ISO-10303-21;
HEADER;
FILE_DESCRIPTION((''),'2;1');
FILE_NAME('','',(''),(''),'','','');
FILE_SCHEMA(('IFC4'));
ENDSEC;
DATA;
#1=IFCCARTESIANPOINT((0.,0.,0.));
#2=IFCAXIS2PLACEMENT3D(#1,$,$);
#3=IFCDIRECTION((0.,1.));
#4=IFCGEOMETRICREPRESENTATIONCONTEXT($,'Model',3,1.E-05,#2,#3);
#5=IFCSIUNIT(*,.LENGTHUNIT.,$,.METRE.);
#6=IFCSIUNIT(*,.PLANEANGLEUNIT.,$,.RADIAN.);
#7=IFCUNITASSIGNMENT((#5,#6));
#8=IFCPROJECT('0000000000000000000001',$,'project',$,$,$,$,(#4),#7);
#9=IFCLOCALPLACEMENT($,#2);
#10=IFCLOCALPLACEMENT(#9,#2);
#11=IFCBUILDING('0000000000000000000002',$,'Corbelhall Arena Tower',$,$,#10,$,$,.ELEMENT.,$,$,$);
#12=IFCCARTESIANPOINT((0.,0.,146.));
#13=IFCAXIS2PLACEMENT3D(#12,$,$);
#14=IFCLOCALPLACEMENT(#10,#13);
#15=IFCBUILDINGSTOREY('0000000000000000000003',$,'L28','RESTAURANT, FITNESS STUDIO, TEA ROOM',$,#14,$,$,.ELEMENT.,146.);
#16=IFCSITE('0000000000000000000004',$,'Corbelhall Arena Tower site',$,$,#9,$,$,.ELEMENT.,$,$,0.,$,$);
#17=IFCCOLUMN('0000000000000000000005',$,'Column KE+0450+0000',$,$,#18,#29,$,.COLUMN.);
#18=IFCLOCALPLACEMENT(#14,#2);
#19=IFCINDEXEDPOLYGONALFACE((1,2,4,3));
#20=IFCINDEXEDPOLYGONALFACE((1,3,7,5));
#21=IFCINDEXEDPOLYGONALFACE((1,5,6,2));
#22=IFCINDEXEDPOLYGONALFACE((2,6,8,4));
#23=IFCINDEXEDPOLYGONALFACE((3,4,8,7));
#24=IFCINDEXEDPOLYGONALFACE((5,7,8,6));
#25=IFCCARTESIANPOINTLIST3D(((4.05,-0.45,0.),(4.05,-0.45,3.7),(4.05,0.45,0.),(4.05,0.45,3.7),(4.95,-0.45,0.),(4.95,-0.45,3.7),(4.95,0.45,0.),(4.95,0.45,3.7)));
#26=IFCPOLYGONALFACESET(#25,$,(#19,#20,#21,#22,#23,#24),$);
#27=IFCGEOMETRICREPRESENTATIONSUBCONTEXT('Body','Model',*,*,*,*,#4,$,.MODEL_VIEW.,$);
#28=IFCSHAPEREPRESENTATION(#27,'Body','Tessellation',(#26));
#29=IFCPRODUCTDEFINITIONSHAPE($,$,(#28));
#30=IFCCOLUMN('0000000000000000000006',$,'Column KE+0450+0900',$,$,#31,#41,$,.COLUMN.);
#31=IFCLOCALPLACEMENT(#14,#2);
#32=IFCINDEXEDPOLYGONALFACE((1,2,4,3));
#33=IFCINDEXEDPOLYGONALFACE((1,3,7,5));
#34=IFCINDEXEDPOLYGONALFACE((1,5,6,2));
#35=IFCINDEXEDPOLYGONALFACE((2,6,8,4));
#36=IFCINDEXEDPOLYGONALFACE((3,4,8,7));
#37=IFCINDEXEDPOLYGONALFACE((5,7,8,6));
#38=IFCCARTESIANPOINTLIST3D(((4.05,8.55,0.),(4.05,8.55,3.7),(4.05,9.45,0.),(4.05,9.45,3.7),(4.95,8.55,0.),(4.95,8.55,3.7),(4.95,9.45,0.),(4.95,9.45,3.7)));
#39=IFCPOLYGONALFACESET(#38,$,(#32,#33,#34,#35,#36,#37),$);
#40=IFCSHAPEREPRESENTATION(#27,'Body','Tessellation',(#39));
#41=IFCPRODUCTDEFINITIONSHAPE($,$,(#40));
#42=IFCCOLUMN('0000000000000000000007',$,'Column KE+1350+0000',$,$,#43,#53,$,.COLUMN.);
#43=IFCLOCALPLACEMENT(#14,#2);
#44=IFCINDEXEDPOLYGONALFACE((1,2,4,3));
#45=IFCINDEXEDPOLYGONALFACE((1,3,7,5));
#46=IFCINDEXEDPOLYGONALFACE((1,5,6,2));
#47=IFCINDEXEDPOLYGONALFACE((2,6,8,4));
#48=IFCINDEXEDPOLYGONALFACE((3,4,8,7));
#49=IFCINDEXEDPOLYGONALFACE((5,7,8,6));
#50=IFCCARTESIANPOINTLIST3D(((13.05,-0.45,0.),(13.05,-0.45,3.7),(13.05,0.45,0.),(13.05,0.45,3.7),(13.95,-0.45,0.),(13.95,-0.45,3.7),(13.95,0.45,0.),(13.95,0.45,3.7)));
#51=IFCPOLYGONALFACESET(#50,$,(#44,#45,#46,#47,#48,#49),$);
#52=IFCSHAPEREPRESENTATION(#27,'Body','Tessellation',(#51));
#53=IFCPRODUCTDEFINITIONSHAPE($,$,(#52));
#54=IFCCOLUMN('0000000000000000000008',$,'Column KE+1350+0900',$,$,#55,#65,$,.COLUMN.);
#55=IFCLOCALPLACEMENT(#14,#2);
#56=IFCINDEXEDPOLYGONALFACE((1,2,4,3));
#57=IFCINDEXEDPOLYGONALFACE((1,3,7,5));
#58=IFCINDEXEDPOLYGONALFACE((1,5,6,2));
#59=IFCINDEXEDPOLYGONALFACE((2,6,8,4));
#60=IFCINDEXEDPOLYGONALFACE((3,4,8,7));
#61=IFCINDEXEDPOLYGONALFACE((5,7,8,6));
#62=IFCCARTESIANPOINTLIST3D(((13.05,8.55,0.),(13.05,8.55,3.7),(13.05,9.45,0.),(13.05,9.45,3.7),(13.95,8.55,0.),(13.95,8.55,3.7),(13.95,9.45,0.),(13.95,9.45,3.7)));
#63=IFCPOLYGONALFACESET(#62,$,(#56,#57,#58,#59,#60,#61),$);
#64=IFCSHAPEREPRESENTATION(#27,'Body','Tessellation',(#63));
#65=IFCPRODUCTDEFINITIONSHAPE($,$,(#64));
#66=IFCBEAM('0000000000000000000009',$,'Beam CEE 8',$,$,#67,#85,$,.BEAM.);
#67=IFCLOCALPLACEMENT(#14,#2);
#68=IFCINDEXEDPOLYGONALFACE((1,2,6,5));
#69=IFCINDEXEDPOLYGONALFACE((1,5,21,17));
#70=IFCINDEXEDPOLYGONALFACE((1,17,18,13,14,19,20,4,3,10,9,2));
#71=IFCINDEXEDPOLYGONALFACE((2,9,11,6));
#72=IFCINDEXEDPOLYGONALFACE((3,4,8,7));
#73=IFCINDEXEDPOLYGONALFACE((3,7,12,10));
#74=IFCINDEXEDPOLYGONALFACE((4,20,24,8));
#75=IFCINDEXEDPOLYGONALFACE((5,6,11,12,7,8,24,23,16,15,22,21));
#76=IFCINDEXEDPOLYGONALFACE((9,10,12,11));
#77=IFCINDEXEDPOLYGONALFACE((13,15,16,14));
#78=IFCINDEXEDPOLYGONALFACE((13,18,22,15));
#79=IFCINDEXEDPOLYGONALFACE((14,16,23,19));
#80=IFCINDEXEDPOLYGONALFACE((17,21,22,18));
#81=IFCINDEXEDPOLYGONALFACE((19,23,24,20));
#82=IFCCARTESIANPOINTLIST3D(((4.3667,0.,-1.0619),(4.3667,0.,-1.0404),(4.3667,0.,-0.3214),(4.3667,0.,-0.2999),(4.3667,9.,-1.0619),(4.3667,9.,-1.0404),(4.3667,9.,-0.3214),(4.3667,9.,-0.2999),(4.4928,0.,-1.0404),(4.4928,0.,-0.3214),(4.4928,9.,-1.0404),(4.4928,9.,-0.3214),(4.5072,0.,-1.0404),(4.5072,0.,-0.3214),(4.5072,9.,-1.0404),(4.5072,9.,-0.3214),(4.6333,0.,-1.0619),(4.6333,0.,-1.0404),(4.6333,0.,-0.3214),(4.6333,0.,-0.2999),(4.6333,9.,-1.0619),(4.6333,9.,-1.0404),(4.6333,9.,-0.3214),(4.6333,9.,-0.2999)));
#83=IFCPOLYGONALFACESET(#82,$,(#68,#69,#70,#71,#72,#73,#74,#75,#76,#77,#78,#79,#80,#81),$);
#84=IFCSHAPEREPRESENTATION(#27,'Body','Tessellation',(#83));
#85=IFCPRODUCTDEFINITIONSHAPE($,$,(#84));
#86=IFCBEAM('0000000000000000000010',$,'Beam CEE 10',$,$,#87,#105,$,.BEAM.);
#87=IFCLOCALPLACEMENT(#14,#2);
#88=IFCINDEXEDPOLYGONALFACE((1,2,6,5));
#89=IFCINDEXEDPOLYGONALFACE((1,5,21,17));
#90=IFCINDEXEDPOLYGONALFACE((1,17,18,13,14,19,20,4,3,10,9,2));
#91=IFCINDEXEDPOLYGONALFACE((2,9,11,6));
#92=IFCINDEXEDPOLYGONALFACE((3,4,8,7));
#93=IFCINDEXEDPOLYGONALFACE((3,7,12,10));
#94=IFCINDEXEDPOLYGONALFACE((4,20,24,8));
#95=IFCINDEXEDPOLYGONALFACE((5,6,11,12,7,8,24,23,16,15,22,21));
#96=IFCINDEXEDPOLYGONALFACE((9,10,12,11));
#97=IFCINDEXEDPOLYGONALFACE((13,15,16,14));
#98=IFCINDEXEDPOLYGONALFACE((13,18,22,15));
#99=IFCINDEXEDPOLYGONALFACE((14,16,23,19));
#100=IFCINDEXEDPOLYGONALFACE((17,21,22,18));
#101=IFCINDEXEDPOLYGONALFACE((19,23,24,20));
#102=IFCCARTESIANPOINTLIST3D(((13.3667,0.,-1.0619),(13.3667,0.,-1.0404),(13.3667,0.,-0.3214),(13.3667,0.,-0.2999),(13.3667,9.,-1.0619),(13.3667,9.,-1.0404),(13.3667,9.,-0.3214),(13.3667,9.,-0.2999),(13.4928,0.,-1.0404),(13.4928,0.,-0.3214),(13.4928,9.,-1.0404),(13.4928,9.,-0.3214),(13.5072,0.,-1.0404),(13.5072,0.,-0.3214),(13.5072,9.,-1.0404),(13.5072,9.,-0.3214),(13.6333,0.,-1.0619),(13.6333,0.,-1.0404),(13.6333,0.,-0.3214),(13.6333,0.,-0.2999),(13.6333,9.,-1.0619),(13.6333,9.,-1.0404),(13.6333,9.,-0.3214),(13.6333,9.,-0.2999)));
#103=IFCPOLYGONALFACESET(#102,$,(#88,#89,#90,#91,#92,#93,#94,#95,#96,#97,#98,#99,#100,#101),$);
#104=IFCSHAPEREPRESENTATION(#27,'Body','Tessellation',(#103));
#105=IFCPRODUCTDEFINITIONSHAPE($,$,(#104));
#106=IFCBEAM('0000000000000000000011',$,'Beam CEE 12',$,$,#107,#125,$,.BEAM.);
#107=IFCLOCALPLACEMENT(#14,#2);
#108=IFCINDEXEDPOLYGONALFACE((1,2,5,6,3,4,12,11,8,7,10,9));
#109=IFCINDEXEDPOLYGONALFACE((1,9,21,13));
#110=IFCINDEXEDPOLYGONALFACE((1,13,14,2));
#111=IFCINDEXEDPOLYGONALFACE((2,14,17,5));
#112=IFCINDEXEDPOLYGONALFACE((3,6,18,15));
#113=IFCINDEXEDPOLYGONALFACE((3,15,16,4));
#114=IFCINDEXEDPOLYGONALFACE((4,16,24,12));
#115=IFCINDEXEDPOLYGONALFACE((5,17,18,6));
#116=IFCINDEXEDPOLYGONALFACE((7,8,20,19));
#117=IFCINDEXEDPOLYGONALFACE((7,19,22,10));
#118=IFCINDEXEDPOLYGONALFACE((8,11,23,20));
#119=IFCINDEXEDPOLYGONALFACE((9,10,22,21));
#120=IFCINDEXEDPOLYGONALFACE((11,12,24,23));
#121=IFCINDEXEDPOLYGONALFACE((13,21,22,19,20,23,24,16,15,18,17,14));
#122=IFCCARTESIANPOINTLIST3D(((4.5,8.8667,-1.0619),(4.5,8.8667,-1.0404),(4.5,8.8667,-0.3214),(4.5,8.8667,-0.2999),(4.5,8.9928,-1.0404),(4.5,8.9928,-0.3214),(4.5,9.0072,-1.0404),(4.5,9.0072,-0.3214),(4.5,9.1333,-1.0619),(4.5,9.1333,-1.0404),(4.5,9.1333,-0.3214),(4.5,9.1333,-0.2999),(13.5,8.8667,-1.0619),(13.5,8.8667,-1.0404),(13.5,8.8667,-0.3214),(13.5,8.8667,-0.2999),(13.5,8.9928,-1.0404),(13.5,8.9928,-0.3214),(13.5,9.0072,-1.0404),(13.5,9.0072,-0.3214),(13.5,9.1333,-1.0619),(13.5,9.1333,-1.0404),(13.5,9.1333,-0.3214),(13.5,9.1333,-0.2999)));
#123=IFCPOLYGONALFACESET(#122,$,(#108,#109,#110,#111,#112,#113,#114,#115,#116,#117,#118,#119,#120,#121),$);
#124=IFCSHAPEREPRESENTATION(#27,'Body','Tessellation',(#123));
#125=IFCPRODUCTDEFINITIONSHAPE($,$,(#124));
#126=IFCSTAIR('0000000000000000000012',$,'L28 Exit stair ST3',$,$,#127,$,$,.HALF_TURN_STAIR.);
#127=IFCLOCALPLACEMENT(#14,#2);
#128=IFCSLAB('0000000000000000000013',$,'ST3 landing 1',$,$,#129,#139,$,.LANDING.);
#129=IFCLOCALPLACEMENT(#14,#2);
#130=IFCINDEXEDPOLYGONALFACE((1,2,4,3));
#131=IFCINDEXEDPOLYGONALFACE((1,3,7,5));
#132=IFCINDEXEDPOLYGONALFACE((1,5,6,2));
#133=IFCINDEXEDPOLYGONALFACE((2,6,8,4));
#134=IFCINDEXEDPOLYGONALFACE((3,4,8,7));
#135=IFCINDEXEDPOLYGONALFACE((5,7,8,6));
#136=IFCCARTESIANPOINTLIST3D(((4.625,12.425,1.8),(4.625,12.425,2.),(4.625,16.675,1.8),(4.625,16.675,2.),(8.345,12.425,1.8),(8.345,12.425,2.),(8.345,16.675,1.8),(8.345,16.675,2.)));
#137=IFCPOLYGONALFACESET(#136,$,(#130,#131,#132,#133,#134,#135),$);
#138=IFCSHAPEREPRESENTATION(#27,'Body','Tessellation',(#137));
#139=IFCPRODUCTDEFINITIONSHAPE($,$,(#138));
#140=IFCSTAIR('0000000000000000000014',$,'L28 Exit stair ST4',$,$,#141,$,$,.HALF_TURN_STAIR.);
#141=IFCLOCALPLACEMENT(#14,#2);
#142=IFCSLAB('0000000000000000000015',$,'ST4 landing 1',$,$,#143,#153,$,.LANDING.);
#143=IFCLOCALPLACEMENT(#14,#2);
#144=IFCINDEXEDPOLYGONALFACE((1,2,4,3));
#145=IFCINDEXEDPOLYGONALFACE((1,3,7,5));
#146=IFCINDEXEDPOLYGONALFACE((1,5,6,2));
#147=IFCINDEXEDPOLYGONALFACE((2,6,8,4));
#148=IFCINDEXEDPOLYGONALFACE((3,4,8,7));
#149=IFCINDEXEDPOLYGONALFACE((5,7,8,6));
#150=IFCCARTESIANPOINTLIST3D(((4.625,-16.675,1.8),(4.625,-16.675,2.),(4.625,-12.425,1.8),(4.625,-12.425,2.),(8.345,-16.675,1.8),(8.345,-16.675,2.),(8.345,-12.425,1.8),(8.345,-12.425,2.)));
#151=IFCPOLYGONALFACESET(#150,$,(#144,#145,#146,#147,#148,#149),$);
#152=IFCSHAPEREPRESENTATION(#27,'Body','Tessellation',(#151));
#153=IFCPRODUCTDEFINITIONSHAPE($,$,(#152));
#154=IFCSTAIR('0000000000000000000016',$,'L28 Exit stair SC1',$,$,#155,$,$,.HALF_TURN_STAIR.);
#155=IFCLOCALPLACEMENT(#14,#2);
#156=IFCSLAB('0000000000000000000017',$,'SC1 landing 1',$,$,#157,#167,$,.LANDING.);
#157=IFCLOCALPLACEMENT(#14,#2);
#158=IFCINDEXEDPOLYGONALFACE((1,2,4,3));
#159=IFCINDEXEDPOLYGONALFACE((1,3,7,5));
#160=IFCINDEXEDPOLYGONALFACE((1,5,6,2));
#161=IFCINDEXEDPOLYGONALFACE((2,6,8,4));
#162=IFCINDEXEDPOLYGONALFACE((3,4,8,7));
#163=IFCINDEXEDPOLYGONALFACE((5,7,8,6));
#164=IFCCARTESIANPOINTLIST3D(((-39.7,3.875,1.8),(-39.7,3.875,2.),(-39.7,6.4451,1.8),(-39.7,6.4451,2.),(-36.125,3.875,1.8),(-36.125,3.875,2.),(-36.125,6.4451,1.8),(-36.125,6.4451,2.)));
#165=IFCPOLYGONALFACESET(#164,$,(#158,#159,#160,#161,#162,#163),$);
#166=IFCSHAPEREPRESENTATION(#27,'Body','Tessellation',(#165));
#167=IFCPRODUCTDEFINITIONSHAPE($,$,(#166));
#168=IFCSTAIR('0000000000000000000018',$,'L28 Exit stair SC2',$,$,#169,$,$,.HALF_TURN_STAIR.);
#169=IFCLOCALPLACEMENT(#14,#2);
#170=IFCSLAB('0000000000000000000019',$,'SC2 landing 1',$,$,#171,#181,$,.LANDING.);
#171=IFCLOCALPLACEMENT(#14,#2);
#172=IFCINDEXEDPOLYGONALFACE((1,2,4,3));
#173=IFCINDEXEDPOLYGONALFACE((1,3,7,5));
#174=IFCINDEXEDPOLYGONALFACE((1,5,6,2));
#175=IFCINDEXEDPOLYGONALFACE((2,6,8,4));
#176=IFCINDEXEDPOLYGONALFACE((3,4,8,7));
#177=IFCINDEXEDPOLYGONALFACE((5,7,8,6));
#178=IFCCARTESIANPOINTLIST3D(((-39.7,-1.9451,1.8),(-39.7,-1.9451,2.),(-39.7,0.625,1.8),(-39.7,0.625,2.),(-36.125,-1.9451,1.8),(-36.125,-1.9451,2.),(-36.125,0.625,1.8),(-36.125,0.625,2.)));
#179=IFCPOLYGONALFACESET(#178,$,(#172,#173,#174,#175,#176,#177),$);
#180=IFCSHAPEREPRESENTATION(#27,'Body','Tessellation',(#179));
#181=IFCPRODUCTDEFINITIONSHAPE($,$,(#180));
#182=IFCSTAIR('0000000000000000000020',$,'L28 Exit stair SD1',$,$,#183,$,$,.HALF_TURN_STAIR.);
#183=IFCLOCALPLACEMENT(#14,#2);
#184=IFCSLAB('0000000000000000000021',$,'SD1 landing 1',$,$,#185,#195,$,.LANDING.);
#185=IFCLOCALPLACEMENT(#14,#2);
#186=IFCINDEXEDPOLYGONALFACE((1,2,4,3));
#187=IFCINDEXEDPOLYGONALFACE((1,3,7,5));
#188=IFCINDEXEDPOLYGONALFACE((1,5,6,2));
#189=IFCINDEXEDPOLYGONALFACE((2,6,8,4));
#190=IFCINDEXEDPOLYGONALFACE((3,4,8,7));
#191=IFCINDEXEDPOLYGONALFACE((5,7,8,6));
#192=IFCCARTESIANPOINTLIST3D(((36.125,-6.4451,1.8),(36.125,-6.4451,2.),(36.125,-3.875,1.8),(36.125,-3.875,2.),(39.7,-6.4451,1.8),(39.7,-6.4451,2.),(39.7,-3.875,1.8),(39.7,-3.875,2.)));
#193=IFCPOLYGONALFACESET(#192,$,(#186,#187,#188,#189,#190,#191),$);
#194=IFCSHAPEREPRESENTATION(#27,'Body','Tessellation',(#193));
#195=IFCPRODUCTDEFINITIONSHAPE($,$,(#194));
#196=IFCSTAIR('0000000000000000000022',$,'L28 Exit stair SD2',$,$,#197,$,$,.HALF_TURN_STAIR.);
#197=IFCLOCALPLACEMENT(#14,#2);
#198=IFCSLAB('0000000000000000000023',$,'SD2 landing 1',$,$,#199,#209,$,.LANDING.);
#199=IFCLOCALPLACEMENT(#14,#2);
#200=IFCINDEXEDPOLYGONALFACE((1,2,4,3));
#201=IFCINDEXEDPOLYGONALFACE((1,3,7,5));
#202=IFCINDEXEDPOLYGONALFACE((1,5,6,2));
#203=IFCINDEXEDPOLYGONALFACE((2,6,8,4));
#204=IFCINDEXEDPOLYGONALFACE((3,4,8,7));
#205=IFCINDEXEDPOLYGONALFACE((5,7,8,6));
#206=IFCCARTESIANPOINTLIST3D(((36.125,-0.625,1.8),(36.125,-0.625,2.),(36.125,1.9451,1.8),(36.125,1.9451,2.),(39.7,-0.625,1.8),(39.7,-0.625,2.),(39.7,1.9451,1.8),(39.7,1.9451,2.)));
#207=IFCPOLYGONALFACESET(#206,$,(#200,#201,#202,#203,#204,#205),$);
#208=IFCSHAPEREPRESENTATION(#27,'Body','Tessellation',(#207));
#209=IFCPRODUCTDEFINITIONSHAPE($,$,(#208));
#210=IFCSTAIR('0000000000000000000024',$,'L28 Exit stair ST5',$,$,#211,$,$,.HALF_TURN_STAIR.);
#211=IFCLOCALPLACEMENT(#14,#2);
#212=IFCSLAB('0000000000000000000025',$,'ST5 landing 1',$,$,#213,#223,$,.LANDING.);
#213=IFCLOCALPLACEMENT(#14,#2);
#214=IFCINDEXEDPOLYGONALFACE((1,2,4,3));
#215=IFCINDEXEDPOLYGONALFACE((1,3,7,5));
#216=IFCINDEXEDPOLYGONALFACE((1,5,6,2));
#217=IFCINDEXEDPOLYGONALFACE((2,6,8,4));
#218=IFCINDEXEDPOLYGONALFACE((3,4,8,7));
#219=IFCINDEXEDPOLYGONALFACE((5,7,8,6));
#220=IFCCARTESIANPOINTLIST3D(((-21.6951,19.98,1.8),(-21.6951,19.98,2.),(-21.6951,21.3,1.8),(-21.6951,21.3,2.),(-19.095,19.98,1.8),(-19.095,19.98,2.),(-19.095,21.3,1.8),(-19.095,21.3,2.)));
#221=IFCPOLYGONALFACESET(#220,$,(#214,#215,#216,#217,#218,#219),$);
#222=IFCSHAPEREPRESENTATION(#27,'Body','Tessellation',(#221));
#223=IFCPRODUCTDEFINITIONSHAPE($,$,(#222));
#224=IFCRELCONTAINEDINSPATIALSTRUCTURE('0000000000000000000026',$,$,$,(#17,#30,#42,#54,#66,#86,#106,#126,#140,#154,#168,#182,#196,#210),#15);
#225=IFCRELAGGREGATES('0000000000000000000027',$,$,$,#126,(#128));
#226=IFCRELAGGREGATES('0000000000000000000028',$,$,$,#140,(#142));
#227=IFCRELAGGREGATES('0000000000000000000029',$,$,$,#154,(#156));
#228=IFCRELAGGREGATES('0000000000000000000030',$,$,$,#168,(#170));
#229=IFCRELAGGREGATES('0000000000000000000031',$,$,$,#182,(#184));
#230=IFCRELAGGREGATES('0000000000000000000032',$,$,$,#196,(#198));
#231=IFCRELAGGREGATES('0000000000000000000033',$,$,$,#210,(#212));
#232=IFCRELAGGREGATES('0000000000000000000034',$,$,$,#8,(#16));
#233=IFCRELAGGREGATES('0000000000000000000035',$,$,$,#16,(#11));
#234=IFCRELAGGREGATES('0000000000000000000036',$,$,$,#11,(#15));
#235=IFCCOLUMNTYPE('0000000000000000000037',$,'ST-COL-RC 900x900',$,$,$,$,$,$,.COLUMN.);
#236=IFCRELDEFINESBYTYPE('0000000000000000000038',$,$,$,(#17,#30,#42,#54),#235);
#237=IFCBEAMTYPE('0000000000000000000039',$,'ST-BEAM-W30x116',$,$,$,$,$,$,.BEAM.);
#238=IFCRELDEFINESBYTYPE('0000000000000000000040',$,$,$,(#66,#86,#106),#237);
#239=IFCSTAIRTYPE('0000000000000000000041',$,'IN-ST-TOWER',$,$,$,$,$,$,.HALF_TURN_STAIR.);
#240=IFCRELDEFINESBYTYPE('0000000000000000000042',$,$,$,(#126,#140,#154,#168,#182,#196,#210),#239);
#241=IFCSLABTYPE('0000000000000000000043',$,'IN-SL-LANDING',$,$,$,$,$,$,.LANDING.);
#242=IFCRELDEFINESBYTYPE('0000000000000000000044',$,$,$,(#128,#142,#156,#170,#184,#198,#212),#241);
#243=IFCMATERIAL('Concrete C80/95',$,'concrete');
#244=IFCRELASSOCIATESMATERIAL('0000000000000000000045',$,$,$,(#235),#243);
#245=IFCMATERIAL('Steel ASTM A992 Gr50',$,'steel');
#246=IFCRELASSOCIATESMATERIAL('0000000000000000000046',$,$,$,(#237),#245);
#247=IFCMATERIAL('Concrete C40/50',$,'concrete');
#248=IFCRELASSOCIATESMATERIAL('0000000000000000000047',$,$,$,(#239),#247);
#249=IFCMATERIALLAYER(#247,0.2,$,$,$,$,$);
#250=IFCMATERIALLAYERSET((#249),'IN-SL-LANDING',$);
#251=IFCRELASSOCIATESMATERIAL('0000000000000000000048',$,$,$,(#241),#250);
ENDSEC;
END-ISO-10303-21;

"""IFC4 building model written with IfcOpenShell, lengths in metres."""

from ifc_helpers import new_model, si_unit, direction, frame, origin, origin_2d, place, context, subcontext, project, spatial, polyline, rectangle, i_section, outline, extrude, material, layer, layer_set, material_profile, profile_set, type_object, element, aggregate, save


model = new_model("IFC4")

# Units and contexts
model_context = context("Model", 3, precision=1e-05, world=origin(), true_north=direction((0.0, 1.0)))
body_context = subcontext(model_context, "Body", "Model", "MODEL_VIEW")
ifc_project = project(units=[si_unit("LENGTHUNIT", "METRE"), si_unit("PLANEANGLEUNIT", "RADIAN")], contexts=[model_context])

# Site, building, storey
site_placement = place(None, origin())
site = spatial("IfcSite", under=ifc_project, at=site_placement, Name="Corbelhall Arena Tower site", CompositionType="ELEMENT", RefElevation=0.0)
building_placement = place(site_placement, origin())
building = spatial("IfcBuilding", under=site, at=building_placement, Name="Corbelhall Arena Tower", CompositionType="ELEMENT")
storey_placement = place(building_placement, frame((0.0, 0.0, 146.0)))
storey = spatial("IfcBuildingStorey", under=building, at=storey_placement, Name="L28", Description="RESTAURANT, FITNESS STUDIO, TEA ROOM", CompositionType="ELEMENT", Elevation=146.0)

# Columns
ifc_material_1 = material(Name="Concrete C80/95", Category="concrete")
ifc_material_profile_1 = material_profile(ifc_material_1, rectangle(XDim=0.8999, YDim=0.8999, at=origin_2d()))
ifc_profile_set_1 = profile_set([ifc_material_profile_1], Name="Concrete C80/95")
column_type = type_object("IfcColumnType", Name="ST-COL-RC 900x900", PredefinedType="COLUMN", material=ifc_profile_set_1)
for number, where, z_axis, x_axis, name in (
    (1, (4.5, 0.0, 0.0), (0.0, 0.0, 1.0), (1.0, 0.0, 0.0), "Column KE+0450+0000"),
    (2, (4.5, 9.0, 0.0), (0.0, 0.0, 1.0), (1.0, 0.0, 0.0), "Column KE+0450+0900"),
    (3, (13.5, 0.0, 0.0), (0.0, 0.0, 1.0), (1.0, 0.0, 0.0), "Column KE+1350+0000"),
    (4, (13.5, 9.0, 0.0), (0.0, 0.0, 1.0), (1.0, 0.0, 0.0), "Column KE+1350+0900"),
):
    element("IfcColumn", number, at=place(storey_placement, frame(where, z_axis=z_axis, x_axis=x_axis)), inside=storey, type_object=column_type, Name=name, PredefinedType="COLUMN", context=body_context, shape_type="SweptSolid", body=[
        extrude(rectangle(XDim=0.8999, YDim=0.8999, at=origin_2d()), origin(), (0.0, 0.0, 1.0), 3.7),
    ])

# Beams
ifc_material_2 = material(Name="Steel ASTM A992 Gr50", Category="steel")
ifc_material_profile_2 = material_profile(ifc_material_2, i_section(OverallWidth=0.2666, OverallDepth=0.762, WebThickness=0.0144, FlangeThickness=0.0215, at=origin_2d()))
ifc_profile_set_2 = profile_set([ifc_material_profile_2], Name="Steel ASTM A992 Gr50")
beam_type = type_object("IfcBeamType", Name="ST-BEAM-W30x116", PredefinedType="BEAM", material=ifc_profile_set_2)
for number, where, z_axis, x_axis, name in (
    (5, (4.5, 0.0, -0.6809), (0.0, 1.0, 0.0), (-1.0, 0.0, 0.0), "Beam CEE 8"),
    (6, (13.5, 0.0, -0.6809), (0.0, 1.0, 0.0), (-1.0, 0.0, 0.0), "Beam CEE 10"),
    (7, (4.5, 9.0, -0.6809), (1.0, 0.0, 0.0), (0.0, 1.0, 0.0), "Beam CEE 12"),
):
    element("IfcBeam", number, at=place(storey_placement, frame(where, z_axis=z_axis, x_axis=x_axis)), inside=storey, type_object=beam_type, Name=name, PredefinedType="BEAM", context=body_context, shape_type="SweptSolid", body=[
        extrude(i_section(OverallWidth=0.2666, OverallDepth=0.762, WebThickness=0.0144, FlangeThickness=0.0215, at=origin_2d()), origin(), (0.0, 0.0, 1.0), 9.0),
    ])

# Stairs, slabs
ifc_material_3 = material(Name="Concrete C40/50", Category="concrete")
stair_type = type_object("IfcStairType", Name="IN-ST-TOWER", PredefinedType="HALF_TURN_STAIR", material=ifc_material_3)
stair_1_placement = place(storey_placement, origin())
stair_1 = element("IfcStair", 8, at=stair_1_placement, inside=storey, type_object=stair_type, Name="L28 Exit stair ST3", PredefinedType="HALF_TURN_STAIR")
ifc_layer_1 = layer(ifc_material_3, 0.2)
ifc_layer_set_1 = layer_set([ifc_layer_1], Name="IN-SL-LANDING")
slab_type = type_object("IfcSlabType", Name="IN-SL-LANDING", PredefinedType="LANDING", material=ifc_layer_set_1)
slab_1_placement = place(storey_placement, frame((0.0, 0.0, 1.8)))
slab_1 = element("IfcSlab", 9, at=slab_1_placement, type_object=slab_type, Name="ST3 landing 1", PredefinedType="LANDING", context=body_context, shape_type="SweptSolid", body=[
    extrude(outline(polyline([(8.345, 16.675), (4.625, 16.675), (4.625, 12.425), (8.345, 12.425), (8.345, 16.675)])), origin(), (0.0, 0.0, 1.0), 0.2),
])
aggregate(stair_1, [slab_1])
stair_2_placement = place(storey_placement, origin())
stair_2 = element("IfcStair", 10, at=stair_2_placement, inside=storey, type_object=stair_type, Name="L28 Exit stair ST4", PredefinedType="HALF_TURN_STAIR")
slab_2_placement = place(storey_placement, frame((0.0, 0.0, 1.8)))
slab_2 = element("IfcSlab", 11, at=slab_2_placement, type_object=slab_type, Name="ST4 landing 1", PredefinedType="LANDING", context=body_context, shape_type="SweptSolid", body=[
    extrude(outline(polyline([(8.345, -12.425), (4.625, -12.425), (4.625, -16.675), (8.345, -16.675), (8.345, -12.425)])), origin(), (0.0, 0.0, 1.0), 0.2),
])
aggregate(stair_2, [slab_2])
stair_3_placement = place(storey_placement, origin())
stair_3 = element("IfcStair", 12, at=stair_3_placement, inside=storey, type_object=stair_type, Name="L28 Exit stair SC1", PredefinedType="HALF_TURN_STAIR")
slab_3_placement = place(storey_placement, frame((0.0, 0.0, 1.8)))
slab_3 = element("IfcSlab", 13, at=slab_3_placement, type_object=slab_type, Name="SC1 landing 1", PredefinedType="LANDING", context=body_context, shape_type="SweptSolid", body=[
    extrude(outline(polyline([(-39.7, 6.4451), (-39.7, 3.875), (-36.125, 3.875), (-36.125, 6.4451), (-39.7, 6.4451)])), origin(), (0.0, 0.0, 1.0), 0.2),
])
aggregate(stair_3, [slab_3])
stair_4_placement = place(storey_placement, origin())
stair_4 = element("IfcStair", 14, at=stair_4_placement, inside=storey, type_object=stair_type, Name="L28 Exit stair SC2", PredefinedType="HALF_TURN_STAIR")
slab_4_placement = place(storey_placement, frame((0.0, 0.0, 1.8)))
slab_4 = element("IfcSlab", 15, at=slab_4_placement, type_object=slab_type, Name="SC2 landing 1", PredefinedType="LANDING", context=body_context, shape_type="SweptSolid", body=[
    extrude(outline(polyline([(-36.125, -1.9451), (-36.125, 0.625), (-39.7, 0.625), (-39.7, -1.9451), (-36.125, -1.9451)])), origin(), (0.0, 0.0, 1.0), 0.2),
])
aggregate(stair_4, [slab_4])
stair_5_placement = place(storey_placement, origin())
stair_5 = element("IfcStair", 16, at=stair_5_placement, inside=storey, type_object=stair_type, Name="L28 Exit stair SD1", PredefinedType="HALF_TURN_STAIR")
slab_5_placement = place(storey_placement, frame((0.0, 0.0, 1.8)))
slab_5 = element("IfcSlab", 17, at=slab_5_placement, type_object=slab_type, Name="SD1 landing 1", PredefinedType="LANDING", context=body_context, shape_type="SweptSolid", body=[
    extrude(outline(polyline([(39.7, -6.4451), (39.7, -3.875), (36.125, -3.875), (36.125, -6.4451), (39.7, -6.4451)])), origin(), (0.0, 0.0, 1.0), 0.2),
])
aggregate(stair_5, [slab_5])
stair_6_placement = place(storey_placement, origin())
stair_6 = element("IfcStair", 18, at=stair_6_placement, inside=storey, type_object=stair_type, Name="L28 Exit stair SD2", PredefinedType="HALF_TURN_STAIR")
slab_6_placement = place(storey_placement, frame((0.0, 0.0, 1.8)))
slab_6 = element("IfcSlab", 19, at=slab_6_placement, type_object=slab_type, Name="SD2 landing 1", PredefinedType="LANDING", context=body_context, shape_type="SweptSolid", body=[
    extrude(outline(polyline([(36.125, 1.9451), (36.125, -0.625), (39.7, -0.625), (39.7, 1.9451), (36.125, 1.9451)])), origin(), (0.0, 0.0, 1.0), 0.2),
])
aggregate(stair_6, [slab_6])
stair_7_placement = place(storey_placement, origin())
stair_7 = element("IfcStair", 20, at=stair_7_placement, inside=storey, type_object=stair_type, Name="L28 Exit stair ST5", PredefinedType="HALF_TURN_STAIR")
slab_7_placement = place(storey_placement, frame((0.0, 0.0, 1.8)))
slab_7 = element("IfcSlab", 21, at=slab_7_placement, type_object=slab_type, Name="ST5 landing 1", PredefinedType="LANDING", context=body_context, shape_type="SweptSolid", body=[
    extrude(outline(polyline([(-19.095, 19.98), (-19.095, 21.3), (-21.6951, 21.3), (-21.6951, 19.98), (-19.095, 19.98)])), origin(), (0.0, 0.0, 1.0), 0.2),
])
aggregate(stair_7, [slab_7])

save(model, "model.ifc")
